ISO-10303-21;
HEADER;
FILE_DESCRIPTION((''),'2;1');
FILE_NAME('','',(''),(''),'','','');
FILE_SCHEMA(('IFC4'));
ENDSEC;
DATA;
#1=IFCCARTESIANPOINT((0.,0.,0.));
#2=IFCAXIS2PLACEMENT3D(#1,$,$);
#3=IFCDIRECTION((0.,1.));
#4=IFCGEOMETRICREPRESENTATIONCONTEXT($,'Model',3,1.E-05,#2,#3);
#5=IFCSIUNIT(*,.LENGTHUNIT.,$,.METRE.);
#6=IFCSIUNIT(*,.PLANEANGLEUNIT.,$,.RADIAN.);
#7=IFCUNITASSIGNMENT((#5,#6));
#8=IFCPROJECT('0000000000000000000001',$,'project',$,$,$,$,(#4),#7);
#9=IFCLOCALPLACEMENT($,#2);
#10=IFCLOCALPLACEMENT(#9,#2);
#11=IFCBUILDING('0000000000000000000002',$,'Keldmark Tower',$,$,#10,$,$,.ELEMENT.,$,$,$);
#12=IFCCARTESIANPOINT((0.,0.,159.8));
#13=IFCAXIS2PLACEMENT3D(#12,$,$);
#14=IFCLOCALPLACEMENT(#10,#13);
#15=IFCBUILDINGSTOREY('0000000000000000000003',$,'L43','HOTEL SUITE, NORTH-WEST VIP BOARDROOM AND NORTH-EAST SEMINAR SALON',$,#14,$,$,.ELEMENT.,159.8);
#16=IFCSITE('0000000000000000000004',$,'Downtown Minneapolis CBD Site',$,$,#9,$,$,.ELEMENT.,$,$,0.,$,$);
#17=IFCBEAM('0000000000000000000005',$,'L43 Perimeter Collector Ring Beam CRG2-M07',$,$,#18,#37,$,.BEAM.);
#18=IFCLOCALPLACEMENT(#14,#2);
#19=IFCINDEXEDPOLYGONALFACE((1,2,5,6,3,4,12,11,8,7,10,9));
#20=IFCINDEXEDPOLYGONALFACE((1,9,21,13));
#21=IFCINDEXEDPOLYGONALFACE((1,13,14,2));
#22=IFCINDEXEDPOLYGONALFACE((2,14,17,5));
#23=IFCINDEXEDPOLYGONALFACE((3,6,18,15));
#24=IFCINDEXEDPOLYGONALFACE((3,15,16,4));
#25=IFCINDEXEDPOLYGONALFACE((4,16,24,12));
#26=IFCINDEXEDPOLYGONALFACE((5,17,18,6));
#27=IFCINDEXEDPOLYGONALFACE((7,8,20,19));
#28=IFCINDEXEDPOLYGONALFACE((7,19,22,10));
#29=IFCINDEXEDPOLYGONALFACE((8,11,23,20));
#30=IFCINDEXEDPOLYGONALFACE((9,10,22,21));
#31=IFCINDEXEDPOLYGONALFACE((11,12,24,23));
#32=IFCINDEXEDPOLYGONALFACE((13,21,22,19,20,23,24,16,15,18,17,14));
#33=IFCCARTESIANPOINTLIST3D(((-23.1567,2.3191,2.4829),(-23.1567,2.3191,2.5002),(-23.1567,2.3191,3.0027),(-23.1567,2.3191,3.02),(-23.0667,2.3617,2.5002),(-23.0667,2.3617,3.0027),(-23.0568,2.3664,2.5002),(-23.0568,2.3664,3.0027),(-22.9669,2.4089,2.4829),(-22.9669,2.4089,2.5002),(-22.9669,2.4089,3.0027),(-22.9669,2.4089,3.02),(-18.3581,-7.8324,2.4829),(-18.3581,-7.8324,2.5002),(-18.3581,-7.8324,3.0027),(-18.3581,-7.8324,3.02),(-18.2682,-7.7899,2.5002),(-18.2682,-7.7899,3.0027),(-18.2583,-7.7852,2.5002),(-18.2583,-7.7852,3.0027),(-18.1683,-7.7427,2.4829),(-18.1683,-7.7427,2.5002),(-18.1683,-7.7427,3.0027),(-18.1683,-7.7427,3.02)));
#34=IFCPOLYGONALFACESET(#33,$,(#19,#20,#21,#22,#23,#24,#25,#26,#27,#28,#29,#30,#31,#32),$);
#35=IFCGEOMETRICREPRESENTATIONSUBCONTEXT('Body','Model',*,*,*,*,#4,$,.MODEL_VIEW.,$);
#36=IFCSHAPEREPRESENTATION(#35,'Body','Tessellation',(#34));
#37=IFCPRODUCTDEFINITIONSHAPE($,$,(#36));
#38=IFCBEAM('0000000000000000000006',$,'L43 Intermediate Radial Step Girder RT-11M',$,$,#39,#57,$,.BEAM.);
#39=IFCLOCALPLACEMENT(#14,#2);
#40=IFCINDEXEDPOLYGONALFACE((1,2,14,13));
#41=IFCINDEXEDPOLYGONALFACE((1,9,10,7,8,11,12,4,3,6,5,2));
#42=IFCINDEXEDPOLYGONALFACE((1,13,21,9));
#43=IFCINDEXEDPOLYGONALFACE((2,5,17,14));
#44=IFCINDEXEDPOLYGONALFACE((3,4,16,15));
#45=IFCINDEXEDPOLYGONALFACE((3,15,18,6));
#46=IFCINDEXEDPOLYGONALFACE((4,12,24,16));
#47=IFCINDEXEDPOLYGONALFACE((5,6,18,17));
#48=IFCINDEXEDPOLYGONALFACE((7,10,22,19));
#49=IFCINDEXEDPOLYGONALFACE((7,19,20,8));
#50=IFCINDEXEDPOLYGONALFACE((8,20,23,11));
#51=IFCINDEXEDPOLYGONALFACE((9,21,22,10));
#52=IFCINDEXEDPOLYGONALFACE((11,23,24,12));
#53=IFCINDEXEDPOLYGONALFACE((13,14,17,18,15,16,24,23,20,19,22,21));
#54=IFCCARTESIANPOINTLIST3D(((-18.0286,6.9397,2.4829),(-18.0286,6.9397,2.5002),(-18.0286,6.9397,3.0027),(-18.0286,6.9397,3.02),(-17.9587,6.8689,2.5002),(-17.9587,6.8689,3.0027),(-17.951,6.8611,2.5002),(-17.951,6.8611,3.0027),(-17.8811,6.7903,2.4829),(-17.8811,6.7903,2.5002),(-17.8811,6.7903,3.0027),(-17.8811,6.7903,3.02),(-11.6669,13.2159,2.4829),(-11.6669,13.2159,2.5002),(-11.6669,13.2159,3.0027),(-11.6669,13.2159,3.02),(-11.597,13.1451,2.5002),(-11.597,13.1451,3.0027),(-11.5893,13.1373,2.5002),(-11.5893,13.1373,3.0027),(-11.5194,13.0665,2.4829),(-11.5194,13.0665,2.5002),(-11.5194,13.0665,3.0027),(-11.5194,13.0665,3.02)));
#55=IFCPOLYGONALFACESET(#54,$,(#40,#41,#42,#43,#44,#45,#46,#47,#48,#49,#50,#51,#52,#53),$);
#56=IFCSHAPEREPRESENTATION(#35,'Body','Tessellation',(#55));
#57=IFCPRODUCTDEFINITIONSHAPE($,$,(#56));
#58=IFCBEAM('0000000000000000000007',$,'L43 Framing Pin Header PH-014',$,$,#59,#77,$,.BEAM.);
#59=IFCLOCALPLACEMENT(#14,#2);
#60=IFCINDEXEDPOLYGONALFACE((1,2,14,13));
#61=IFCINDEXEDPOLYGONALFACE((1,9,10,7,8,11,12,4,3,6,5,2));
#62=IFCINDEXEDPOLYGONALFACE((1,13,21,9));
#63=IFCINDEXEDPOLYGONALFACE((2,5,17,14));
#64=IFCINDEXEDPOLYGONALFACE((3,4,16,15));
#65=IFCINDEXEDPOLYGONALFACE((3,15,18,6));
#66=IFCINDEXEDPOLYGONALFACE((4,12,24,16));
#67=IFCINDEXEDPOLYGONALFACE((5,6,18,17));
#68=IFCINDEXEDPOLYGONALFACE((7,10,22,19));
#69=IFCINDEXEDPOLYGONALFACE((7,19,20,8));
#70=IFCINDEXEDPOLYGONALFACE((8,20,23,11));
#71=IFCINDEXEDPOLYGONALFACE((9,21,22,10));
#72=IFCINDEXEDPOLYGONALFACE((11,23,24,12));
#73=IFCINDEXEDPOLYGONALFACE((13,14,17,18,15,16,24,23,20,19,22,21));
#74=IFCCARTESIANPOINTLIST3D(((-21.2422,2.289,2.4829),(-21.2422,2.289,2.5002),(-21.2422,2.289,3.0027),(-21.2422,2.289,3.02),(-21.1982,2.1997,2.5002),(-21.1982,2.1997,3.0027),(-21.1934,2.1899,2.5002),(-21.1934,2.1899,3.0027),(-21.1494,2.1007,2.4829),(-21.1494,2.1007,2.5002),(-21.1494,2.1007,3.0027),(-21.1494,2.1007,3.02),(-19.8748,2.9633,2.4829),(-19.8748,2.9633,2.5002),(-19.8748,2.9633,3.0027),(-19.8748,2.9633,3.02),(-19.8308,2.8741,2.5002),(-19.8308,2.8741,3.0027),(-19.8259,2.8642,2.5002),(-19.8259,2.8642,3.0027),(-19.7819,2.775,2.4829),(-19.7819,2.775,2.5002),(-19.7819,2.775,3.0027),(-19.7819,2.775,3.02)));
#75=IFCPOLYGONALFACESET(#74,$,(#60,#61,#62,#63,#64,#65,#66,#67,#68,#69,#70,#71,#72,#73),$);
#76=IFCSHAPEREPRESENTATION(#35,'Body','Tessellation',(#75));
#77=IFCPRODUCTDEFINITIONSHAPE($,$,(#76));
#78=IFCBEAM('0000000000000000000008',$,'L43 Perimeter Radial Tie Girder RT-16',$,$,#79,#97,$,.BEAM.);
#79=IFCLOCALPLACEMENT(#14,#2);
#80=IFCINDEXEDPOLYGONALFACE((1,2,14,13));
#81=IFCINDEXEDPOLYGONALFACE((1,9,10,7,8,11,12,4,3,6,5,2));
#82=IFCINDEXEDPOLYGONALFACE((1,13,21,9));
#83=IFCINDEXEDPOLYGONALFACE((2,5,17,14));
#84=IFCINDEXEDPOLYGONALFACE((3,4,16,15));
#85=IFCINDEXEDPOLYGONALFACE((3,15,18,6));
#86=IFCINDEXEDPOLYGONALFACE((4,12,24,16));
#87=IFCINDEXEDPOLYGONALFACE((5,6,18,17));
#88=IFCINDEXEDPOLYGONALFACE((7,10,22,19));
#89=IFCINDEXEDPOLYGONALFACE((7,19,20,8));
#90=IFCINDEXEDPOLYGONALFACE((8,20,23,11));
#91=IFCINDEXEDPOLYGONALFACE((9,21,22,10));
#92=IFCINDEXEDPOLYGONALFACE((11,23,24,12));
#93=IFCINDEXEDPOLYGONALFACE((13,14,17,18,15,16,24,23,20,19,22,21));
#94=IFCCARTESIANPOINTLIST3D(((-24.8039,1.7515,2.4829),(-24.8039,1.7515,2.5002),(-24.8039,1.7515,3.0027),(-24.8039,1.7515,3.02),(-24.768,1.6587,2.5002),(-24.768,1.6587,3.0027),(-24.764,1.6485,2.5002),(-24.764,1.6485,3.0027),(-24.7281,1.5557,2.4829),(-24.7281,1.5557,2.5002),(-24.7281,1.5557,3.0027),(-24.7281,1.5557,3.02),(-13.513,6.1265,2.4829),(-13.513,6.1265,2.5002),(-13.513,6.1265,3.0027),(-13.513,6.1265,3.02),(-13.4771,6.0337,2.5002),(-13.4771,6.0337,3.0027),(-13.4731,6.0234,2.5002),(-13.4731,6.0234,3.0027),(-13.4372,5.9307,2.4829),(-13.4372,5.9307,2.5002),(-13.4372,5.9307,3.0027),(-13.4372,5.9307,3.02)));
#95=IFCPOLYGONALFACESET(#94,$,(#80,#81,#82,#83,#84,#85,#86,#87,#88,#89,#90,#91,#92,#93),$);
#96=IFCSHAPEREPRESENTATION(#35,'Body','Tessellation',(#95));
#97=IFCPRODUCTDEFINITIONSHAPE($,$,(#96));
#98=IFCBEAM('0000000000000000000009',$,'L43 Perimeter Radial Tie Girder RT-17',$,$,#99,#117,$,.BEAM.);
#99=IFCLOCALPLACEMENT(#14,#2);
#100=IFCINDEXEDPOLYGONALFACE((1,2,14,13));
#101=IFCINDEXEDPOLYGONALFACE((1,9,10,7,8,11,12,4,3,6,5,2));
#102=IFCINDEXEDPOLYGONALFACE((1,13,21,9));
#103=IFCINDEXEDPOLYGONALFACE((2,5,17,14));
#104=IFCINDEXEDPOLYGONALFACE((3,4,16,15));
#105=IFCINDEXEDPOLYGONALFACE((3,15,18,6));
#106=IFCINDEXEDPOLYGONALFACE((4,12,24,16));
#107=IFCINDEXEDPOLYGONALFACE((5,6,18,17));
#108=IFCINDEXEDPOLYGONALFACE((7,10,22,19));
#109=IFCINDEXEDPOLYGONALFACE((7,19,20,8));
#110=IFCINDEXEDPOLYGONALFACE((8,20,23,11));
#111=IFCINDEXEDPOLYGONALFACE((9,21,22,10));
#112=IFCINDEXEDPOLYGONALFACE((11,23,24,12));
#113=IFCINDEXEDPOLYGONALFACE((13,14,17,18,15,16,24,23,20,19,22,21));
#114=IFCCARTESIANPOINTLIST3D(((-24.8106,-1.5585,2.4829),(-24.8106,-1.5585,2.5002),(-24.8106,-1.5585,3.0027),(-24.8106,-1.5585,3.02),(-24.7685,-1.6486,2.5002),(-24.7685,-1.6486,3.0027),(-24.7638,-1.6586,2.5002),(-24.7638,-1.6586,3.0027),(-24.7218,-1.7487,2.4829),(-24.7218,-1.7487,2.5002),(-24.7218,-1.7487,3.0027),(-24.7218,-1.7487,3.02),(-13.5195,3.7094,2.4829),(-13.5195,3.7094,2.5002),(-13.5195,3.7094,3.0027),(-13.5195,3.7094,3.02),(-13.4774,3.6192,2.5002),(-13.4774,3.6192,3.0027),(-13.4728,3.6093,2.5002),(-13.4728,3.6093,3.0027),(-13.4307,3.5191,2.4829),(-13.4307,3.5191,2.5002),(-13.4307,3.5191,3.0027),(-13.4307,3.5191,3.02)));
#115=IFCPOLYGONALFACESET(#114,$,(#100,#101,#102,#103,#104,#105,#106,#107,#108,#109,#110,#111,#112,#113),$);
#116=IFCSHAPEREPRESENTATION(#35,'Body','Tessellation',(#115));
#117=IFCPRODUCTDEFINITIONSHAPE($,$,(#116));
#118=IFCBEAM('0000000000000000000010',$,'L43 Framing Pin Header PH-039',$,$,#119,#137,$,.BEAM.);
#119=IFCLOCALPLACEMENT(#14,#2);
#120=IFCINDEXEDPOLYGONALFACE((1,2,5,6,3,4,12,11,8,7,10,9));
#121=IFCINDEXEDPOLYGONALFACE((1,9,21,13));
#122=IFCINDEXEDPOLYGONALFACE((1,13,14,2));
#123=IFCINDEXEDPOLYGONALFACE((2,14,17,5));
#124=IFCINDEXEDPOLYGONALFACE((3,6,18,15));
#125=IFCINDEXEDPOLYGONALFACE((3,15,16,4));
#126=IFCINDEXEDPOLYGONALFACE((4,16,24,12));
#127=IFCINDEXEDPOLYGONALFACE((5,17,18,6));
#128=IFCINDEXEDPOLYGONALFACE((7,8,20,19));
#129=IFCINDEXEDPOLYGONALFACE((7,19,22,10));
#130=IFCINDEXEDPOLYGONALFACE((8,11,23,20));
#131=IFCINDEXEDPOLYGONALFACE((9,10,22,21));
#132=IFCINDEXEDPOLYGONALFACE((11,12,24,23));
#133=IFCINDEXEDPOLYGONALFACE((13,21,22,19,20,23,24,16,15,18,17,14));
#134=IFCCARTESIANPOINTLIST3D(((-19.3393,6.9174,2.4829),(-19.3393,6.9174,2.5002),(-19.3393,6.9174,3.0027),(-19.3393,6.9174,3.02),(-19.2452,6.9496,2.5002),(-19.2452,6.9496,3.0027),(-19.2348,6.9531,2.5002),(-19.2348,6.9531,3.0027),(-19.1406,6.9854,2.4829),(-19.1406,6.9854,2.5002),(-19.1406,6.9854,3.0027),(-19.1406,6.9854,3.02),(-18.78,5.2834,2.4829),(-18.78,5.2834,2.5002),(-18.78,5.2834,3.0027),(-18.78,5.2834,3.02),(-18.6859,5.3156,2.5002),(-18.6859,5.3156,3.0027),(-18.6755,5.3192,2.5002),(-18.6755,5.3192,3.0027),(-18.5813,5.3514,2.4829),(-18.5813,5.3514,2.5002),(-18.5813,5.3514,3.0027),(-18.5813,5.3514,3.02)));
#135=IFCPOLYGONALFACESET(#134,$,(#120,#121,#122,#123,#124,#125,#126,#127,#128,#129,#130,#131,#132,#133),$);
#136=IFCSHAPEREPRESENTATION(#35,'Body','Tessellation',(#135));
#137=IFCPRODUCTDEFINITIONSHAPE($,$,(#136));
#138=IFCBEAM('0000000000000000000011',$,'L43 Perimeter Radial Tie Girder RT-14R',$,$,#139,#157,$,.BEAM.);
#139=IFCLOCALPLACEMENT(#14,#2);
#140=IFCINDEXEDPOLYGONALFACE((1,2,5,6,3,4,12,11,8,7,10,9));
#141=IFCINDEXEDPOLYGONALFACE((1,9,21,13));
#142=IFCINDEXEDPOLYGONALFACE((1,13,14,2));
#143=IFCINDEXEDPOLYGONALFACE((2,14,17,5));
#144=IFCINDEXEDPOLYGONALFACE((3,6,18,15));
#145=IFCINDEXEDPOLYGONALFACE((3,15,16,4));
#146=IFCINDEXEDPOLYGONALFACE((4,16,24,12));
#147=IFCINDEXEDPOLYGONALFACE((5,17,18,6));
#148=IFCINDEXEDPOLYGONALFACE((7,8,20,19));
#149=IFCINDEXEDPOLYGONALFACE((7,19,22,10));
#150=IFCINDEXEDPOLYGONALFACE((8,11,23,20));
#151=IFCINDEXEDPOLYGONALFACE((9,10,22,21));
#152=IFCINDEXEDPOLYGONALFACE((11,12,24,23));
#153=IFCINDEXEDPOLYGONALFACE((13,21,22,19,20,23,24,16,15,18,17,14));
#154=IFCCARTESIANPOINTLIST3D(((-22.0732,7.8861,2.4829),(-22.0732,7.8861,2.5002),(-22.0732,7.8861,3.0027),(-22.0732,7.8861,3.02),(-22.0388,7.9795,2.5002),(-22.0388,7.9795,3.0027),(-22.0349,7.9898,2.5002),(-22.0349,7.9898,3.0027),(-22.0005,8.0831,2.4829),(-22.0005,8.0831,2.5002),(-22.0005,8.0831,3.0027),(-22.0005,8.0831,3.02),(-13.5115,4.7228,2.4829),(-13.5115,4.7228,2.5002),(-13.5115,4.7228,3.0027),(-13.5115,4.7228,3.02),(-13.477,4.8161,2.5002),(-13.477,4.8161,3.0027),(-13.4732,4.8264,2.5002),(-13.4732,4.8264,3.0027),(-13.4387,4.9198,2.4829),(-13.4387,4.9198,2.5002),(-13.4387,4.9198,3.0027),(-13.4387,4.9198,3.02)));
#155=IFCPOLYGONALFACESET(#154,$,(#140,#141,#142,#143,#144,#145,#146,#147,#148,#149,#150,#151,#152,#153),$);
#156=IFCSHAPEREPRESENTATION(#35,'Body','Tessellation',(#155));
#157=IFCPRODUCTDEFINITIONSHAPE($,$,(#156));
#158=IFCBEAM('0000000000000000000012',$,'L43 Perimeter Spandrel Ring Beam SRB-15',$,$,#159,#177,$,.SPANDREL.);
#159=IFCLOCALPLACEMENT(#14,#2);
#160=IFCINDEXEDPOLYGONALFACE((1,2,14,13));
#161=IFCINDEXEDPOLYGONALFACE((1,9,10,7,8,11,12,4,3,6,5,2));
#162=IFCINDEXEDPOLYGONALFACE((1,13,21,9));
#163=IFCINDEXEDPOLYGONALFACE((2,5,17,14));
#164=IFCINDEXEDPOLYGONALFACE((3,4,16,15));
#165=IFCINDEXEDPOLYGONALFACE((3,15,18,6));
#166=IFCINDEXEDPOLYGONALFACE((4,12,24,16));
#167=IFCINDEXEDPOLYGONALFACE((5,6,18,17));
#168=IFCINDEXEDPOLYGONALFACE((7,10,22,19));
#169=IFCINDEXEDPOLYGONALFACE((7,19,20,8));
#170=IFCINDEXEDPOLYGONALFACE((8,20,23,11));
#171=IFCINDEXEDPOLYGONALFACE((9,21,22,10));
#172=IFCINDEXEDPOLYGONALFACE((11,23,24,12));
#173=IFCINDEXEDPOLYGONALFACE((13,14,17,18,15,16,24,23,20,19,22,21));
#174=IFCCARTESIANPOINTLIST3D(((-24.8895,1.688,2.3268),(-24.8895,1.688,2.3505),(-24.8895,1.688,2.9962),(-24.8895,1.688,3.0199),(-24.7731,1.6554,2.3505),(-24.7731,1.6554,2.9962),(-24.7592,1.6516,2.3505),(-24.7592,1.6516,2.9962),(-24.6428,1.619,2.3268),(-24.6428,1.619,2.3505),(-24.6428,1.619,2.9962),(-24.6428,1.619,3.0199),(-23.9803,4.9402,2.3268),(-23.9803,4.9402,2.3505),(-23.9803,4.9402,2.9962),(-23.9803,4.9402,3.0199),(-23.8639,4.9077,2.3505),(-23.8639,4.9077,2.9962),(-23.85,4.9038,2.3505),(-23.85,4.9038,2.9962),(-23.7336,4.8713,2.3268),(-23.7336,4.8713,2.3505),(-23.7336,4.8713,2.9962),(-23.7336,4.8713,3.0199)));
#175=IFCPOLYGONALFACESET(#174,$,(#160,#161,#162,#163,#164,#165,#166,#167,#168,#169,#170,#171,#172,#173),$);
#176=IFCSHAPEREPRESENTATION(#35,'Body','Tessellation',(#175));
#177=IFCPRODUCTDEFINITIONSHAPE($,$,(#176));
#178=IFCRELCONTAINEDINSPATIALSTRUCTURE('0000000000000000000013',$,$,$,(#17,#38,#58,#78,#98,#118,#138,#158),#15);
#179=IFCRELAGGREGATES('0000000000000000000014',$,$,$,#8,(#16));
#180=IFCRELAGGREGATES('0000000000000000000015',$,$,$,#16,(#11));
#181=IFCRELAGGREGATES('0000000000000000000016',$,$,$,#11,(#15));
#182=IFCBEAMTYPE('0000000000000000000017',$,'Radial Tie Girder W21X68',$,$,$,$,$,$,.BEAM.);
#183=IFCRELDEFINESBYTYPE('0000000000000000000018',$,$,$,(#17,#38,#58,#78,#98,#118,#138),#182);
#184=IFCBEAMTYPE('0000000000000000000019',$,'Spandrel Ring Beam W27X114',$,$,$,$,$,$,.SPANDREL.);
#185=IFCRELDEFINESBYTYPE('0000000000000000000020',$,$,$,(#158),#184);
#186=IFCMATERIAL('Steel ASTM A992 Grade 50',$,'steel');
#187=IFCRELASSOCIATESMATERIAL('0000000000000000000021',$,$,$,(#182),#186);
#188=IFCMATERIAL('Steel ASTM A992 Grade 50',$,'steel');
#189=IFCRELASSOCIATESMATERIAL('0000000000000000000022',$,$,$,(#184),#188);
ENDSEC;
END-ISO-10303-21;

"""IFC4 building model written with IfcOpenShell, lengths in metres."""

from ifc_helpers import new_model, si_unit, direction, frame, origin, origin_2d, place, context, subcontext, project, spatial, i_section, extrude, material, material_profile, profile_set, type_object, element, save


model = new_model("IFC4")

# Units and contexts
model_context = context("Model", 3, precision=1e-05, world=origin(), true_north=direction((0.0, 1.0)))
body_context = subcontext(model_context, "Body", "Model", "MODEL_VIEW")
ifc_project = project(units=[si_unit("LENGTHUNIT", "METRE"), si_unit("PLANEANGLEUNIT", "RADIAN")], contexts=[model_context])

# Site, building, storey
site_placement = place(None, origin())
site = spatial("IfcSite", under=ifc_project, at=site_placement, Name="Downtown Minneapolis CBD Site", CompositionType="ELEMENT", RefElevation=0.0)
building_placement = place(site_placement, origin())
building = spatial("IfcBuilding", under=site, at=building_placement, Name="Keldmark Tower", CompositionType="ELEMENT")
storey_placement = place(building_placement, frame((0.0, 0.0, 159.8)))
storey = spatial("IfcBuildingStorey", under=building, at=storey_placement, Name="L43", Description="HOTEL SUITE, NORTH-WEST VIP BOARDROOM AND NORTH-EAST SEMINAR SALON", CompositionType="ELEMENT", Elevation=159.8)

# Beams
ifc_material_1 = material(Name="Steel ASTM A992 Grade 50", Category="steel")
ifc_material_profile_1 = material_profile(ifc_material_1, i_section(OverallWidth=0.21, OverallDepth=0.5371, WebThickness=0.011, FlangeThickness=0.0173, at=origin_2d()), Name="W21X68")
ifc_profile_set_1 = profile_set([ifc_material_profile_1], Name="Steel ASTM A992 Grade 50")
beam_type_1 = type_object("IfcBeamType", Name="Radial Tie Girder W21X68", PredefinedType="BEAM", material=ifc_profile_set_1)
beam_1_placement = place(storey_placement, frame((-23.0618, 2.364, 2.7515), z_axis=(0.427353, -0.904085, 0.0), x_axis=(0.904085, 0.427353, 0.0)))
element("IfcBeam", 1, at=beam_1_placement, inside=storey, type_object=beam_type_1, Name="L43 Perimeter Collector Ring Beam CRG2-M07", PredefinedType="BEAM", context=body_context, shape_type="SweptSolid", body=[
    extrude(i_section(OverallWidth=0.21, OverallDepth=0.5371, WebThickness=0.011, FlangeThickness=0.0173, at=origin_2d()), origin(), (0.0, 0.0, 1.0), 11.2285),
])
beam_2_placement = place(storey_placement, frame((-17.9548, 6.865, 2.7515), z_axis=(0.711872, 0.70231, 0.0), x_axis=(-0.70231, 0.711872, 0.0)))
element("IfcBeam", 2, at=beam_2_placement, inside=storey, type_object=beam_type_1, Name="L43 Intermediate Radial Step Girder RT-11M", PredefinedType="BEAM", context=body_context, shape_type="SweptSolid", body=[
    extrude(i_section(OverallWidth=0.21, OverallDepth=0.5371, WebThickness=0.011, FlangeThickness=0.0173, at=origin_2d()), origin(), (0.0, 0.0, 1.0), 8.9365),
])
beam_3_placement = place(storey_placement, frame((-19.8284, 2.8691, 2.7515), z_axis=(-0.89688, -0.442275, 0.0), x_axis=(0.442275, -0.89688, 0.0)))
element("IfcBeam", 3, at=beam_3_placement, inside=storey, type_object=beam_type_1, Name="L43 Framing Pin Header PH-014", PredefinedType="BEAM", context=body_context, shape_type="SweptSolid", body=[
    extrude(i_section(OverallWidth=0.21, OverallDepth=0.5371, WebThickness=0.011, FlangeThickness=0.0173, at=origin_2d()), origin(), (0.0, 0.0, 1.0), 1.5247),
])
beam_4_placement = place(storey_placement, frame((-13.4751, 6.0286, 2.7515), z_axis=(-0.932449, -0.361302, 0.0), x_axis=(0.361302, -0.932449, 0.0)))
element("IfcBeam", 4, at=beam_4_placement, inside=storey, type_object=beam_type_1, Name="L43 Perimeter Radial Tie Girder RT-16", PredefinedType="BEAM", context=body_context, shape_type="SweptSolid", body=[
    extrude(i_section(OverallWidth=0.21, OverallDepth=0.5371, WebThickness=0.011, FlangeThickness=0.0173, at=origin_2d()), origin(), (0.0, 0.0, 1.0), 12.1089),
])
beam_5_placement = place(storey_placement, frame((-13.4751, 3.6143, 2.7515), z_axis=(-0.906224, -0.422799, 0.0), x_axis=(0.422799, -0.906224, 0.0)))
element("IfcBeam", 5, at=beam_5_placement, inside=storey, type_object=beam_type_1, Name="L43 Perimeter Radial Tie Girder RT-17", PredefinedType="BEAM", context=body_context, shape_type="SweptSolid", body=[
    extrude(i_section(OverallWidth=0.21, OverallDepth=0.5371, WebThickness=0.011, FlangeThickness=0.0173, at=origin_2d()), origin(), (0.0, 0.0, 1.0), 12.4595),
])
beam_6_placement = place(storey_placement, frame((-18.6807, 5.3174, 2.7515), z_axis=(-0.323851, 0.946108, 0.0), x_axis=(-0.946108, -0.323851, 0.0)))
element("IfcBeam", 6, at=beam_6_placement, inside=storey, type_object=beam_type_1, Name="L43 Framing Pin Header PH-039", PredefinedType="BEAM", context=body_context, shape_type="SweptSolid", body=[
    extrude(i_section(OverallWidth=0.21, OverallDepth=0.5371, WebThickness=0.011, FlangeThickness=0.0173, at=origin_2d()), origin(), (0.0, 0.0, 1.0), 1.7271),
])
beam_7_placement = place(storey_placement, frame((-13.4751, 4.8213, 2.7515), z_axis=(-0.938023, 0.346573, 0.0), x_axis=(-0.346573, -0.938023, 0.0)))
element("IfcBeam", 7, at=beam_7_placement, inside=storey, type_object=beam_type_1, Name="L43 Perimeter Radial Tie Girder RT-14R", PredefinedType="BEAM", context=body_context, shape_type="SweptSolid", body=[
    extrude(i_section(OverallWidth=0.21, OverallDepth=0.5371, WebThickness=0.011, FlangeThickness=0.0173, at=origin_2d()), origin(), (0.0, 0.0, 1.0), 9.1274),
])
ifc_material_2 = material(Name="Steel ASTM A992 Grade 50", Category="steel")
ifc_material_profile_2 = material_profile(ifc_material_2, i_section(OverallWidth=0.2561, OverallDepth=0.6931, WebThickness=0.0144, FlangeThickness=0.0237, at=origin_2d()), Name="W27X114")
ifc_profile_set_2 = profile_set([ifc_material_profile_2], Name="Steel ASTM A992 Grade 50")
beam_type_2 = type_object("IfcBeamType", Name="Spandrel Ring Beam W27X114", PredefinedType="SPANDREL", material=ifc_profile_set_2)
beam_8_placement = place(storey_placement, frame((-23.8569, 4.9058, 2.6733), z_axis=(-0.269236, -0.963074, 0.0), x_axis=(0.963074, -0.269236, 0.0)))
element("IfcBeam", 8, at=beam_8_placement, inside=storey, type_object=beam_type_2, Name="L43 Perimeter Spandrel Ring Beam SRB-15", PredefinedType="SPANDREL", context=body_context, shape_type="SweptSolid", body=[
    extrude(i_section(OverallWidth=0.2561, OverallDepth=0.6931, WebThickness=0.0144, FlangeThickness=0.0237, at=origin_2d()), origin(), (0.0, 0.0, 1.0), 3.377),
])

save(model, "model.ifc")
